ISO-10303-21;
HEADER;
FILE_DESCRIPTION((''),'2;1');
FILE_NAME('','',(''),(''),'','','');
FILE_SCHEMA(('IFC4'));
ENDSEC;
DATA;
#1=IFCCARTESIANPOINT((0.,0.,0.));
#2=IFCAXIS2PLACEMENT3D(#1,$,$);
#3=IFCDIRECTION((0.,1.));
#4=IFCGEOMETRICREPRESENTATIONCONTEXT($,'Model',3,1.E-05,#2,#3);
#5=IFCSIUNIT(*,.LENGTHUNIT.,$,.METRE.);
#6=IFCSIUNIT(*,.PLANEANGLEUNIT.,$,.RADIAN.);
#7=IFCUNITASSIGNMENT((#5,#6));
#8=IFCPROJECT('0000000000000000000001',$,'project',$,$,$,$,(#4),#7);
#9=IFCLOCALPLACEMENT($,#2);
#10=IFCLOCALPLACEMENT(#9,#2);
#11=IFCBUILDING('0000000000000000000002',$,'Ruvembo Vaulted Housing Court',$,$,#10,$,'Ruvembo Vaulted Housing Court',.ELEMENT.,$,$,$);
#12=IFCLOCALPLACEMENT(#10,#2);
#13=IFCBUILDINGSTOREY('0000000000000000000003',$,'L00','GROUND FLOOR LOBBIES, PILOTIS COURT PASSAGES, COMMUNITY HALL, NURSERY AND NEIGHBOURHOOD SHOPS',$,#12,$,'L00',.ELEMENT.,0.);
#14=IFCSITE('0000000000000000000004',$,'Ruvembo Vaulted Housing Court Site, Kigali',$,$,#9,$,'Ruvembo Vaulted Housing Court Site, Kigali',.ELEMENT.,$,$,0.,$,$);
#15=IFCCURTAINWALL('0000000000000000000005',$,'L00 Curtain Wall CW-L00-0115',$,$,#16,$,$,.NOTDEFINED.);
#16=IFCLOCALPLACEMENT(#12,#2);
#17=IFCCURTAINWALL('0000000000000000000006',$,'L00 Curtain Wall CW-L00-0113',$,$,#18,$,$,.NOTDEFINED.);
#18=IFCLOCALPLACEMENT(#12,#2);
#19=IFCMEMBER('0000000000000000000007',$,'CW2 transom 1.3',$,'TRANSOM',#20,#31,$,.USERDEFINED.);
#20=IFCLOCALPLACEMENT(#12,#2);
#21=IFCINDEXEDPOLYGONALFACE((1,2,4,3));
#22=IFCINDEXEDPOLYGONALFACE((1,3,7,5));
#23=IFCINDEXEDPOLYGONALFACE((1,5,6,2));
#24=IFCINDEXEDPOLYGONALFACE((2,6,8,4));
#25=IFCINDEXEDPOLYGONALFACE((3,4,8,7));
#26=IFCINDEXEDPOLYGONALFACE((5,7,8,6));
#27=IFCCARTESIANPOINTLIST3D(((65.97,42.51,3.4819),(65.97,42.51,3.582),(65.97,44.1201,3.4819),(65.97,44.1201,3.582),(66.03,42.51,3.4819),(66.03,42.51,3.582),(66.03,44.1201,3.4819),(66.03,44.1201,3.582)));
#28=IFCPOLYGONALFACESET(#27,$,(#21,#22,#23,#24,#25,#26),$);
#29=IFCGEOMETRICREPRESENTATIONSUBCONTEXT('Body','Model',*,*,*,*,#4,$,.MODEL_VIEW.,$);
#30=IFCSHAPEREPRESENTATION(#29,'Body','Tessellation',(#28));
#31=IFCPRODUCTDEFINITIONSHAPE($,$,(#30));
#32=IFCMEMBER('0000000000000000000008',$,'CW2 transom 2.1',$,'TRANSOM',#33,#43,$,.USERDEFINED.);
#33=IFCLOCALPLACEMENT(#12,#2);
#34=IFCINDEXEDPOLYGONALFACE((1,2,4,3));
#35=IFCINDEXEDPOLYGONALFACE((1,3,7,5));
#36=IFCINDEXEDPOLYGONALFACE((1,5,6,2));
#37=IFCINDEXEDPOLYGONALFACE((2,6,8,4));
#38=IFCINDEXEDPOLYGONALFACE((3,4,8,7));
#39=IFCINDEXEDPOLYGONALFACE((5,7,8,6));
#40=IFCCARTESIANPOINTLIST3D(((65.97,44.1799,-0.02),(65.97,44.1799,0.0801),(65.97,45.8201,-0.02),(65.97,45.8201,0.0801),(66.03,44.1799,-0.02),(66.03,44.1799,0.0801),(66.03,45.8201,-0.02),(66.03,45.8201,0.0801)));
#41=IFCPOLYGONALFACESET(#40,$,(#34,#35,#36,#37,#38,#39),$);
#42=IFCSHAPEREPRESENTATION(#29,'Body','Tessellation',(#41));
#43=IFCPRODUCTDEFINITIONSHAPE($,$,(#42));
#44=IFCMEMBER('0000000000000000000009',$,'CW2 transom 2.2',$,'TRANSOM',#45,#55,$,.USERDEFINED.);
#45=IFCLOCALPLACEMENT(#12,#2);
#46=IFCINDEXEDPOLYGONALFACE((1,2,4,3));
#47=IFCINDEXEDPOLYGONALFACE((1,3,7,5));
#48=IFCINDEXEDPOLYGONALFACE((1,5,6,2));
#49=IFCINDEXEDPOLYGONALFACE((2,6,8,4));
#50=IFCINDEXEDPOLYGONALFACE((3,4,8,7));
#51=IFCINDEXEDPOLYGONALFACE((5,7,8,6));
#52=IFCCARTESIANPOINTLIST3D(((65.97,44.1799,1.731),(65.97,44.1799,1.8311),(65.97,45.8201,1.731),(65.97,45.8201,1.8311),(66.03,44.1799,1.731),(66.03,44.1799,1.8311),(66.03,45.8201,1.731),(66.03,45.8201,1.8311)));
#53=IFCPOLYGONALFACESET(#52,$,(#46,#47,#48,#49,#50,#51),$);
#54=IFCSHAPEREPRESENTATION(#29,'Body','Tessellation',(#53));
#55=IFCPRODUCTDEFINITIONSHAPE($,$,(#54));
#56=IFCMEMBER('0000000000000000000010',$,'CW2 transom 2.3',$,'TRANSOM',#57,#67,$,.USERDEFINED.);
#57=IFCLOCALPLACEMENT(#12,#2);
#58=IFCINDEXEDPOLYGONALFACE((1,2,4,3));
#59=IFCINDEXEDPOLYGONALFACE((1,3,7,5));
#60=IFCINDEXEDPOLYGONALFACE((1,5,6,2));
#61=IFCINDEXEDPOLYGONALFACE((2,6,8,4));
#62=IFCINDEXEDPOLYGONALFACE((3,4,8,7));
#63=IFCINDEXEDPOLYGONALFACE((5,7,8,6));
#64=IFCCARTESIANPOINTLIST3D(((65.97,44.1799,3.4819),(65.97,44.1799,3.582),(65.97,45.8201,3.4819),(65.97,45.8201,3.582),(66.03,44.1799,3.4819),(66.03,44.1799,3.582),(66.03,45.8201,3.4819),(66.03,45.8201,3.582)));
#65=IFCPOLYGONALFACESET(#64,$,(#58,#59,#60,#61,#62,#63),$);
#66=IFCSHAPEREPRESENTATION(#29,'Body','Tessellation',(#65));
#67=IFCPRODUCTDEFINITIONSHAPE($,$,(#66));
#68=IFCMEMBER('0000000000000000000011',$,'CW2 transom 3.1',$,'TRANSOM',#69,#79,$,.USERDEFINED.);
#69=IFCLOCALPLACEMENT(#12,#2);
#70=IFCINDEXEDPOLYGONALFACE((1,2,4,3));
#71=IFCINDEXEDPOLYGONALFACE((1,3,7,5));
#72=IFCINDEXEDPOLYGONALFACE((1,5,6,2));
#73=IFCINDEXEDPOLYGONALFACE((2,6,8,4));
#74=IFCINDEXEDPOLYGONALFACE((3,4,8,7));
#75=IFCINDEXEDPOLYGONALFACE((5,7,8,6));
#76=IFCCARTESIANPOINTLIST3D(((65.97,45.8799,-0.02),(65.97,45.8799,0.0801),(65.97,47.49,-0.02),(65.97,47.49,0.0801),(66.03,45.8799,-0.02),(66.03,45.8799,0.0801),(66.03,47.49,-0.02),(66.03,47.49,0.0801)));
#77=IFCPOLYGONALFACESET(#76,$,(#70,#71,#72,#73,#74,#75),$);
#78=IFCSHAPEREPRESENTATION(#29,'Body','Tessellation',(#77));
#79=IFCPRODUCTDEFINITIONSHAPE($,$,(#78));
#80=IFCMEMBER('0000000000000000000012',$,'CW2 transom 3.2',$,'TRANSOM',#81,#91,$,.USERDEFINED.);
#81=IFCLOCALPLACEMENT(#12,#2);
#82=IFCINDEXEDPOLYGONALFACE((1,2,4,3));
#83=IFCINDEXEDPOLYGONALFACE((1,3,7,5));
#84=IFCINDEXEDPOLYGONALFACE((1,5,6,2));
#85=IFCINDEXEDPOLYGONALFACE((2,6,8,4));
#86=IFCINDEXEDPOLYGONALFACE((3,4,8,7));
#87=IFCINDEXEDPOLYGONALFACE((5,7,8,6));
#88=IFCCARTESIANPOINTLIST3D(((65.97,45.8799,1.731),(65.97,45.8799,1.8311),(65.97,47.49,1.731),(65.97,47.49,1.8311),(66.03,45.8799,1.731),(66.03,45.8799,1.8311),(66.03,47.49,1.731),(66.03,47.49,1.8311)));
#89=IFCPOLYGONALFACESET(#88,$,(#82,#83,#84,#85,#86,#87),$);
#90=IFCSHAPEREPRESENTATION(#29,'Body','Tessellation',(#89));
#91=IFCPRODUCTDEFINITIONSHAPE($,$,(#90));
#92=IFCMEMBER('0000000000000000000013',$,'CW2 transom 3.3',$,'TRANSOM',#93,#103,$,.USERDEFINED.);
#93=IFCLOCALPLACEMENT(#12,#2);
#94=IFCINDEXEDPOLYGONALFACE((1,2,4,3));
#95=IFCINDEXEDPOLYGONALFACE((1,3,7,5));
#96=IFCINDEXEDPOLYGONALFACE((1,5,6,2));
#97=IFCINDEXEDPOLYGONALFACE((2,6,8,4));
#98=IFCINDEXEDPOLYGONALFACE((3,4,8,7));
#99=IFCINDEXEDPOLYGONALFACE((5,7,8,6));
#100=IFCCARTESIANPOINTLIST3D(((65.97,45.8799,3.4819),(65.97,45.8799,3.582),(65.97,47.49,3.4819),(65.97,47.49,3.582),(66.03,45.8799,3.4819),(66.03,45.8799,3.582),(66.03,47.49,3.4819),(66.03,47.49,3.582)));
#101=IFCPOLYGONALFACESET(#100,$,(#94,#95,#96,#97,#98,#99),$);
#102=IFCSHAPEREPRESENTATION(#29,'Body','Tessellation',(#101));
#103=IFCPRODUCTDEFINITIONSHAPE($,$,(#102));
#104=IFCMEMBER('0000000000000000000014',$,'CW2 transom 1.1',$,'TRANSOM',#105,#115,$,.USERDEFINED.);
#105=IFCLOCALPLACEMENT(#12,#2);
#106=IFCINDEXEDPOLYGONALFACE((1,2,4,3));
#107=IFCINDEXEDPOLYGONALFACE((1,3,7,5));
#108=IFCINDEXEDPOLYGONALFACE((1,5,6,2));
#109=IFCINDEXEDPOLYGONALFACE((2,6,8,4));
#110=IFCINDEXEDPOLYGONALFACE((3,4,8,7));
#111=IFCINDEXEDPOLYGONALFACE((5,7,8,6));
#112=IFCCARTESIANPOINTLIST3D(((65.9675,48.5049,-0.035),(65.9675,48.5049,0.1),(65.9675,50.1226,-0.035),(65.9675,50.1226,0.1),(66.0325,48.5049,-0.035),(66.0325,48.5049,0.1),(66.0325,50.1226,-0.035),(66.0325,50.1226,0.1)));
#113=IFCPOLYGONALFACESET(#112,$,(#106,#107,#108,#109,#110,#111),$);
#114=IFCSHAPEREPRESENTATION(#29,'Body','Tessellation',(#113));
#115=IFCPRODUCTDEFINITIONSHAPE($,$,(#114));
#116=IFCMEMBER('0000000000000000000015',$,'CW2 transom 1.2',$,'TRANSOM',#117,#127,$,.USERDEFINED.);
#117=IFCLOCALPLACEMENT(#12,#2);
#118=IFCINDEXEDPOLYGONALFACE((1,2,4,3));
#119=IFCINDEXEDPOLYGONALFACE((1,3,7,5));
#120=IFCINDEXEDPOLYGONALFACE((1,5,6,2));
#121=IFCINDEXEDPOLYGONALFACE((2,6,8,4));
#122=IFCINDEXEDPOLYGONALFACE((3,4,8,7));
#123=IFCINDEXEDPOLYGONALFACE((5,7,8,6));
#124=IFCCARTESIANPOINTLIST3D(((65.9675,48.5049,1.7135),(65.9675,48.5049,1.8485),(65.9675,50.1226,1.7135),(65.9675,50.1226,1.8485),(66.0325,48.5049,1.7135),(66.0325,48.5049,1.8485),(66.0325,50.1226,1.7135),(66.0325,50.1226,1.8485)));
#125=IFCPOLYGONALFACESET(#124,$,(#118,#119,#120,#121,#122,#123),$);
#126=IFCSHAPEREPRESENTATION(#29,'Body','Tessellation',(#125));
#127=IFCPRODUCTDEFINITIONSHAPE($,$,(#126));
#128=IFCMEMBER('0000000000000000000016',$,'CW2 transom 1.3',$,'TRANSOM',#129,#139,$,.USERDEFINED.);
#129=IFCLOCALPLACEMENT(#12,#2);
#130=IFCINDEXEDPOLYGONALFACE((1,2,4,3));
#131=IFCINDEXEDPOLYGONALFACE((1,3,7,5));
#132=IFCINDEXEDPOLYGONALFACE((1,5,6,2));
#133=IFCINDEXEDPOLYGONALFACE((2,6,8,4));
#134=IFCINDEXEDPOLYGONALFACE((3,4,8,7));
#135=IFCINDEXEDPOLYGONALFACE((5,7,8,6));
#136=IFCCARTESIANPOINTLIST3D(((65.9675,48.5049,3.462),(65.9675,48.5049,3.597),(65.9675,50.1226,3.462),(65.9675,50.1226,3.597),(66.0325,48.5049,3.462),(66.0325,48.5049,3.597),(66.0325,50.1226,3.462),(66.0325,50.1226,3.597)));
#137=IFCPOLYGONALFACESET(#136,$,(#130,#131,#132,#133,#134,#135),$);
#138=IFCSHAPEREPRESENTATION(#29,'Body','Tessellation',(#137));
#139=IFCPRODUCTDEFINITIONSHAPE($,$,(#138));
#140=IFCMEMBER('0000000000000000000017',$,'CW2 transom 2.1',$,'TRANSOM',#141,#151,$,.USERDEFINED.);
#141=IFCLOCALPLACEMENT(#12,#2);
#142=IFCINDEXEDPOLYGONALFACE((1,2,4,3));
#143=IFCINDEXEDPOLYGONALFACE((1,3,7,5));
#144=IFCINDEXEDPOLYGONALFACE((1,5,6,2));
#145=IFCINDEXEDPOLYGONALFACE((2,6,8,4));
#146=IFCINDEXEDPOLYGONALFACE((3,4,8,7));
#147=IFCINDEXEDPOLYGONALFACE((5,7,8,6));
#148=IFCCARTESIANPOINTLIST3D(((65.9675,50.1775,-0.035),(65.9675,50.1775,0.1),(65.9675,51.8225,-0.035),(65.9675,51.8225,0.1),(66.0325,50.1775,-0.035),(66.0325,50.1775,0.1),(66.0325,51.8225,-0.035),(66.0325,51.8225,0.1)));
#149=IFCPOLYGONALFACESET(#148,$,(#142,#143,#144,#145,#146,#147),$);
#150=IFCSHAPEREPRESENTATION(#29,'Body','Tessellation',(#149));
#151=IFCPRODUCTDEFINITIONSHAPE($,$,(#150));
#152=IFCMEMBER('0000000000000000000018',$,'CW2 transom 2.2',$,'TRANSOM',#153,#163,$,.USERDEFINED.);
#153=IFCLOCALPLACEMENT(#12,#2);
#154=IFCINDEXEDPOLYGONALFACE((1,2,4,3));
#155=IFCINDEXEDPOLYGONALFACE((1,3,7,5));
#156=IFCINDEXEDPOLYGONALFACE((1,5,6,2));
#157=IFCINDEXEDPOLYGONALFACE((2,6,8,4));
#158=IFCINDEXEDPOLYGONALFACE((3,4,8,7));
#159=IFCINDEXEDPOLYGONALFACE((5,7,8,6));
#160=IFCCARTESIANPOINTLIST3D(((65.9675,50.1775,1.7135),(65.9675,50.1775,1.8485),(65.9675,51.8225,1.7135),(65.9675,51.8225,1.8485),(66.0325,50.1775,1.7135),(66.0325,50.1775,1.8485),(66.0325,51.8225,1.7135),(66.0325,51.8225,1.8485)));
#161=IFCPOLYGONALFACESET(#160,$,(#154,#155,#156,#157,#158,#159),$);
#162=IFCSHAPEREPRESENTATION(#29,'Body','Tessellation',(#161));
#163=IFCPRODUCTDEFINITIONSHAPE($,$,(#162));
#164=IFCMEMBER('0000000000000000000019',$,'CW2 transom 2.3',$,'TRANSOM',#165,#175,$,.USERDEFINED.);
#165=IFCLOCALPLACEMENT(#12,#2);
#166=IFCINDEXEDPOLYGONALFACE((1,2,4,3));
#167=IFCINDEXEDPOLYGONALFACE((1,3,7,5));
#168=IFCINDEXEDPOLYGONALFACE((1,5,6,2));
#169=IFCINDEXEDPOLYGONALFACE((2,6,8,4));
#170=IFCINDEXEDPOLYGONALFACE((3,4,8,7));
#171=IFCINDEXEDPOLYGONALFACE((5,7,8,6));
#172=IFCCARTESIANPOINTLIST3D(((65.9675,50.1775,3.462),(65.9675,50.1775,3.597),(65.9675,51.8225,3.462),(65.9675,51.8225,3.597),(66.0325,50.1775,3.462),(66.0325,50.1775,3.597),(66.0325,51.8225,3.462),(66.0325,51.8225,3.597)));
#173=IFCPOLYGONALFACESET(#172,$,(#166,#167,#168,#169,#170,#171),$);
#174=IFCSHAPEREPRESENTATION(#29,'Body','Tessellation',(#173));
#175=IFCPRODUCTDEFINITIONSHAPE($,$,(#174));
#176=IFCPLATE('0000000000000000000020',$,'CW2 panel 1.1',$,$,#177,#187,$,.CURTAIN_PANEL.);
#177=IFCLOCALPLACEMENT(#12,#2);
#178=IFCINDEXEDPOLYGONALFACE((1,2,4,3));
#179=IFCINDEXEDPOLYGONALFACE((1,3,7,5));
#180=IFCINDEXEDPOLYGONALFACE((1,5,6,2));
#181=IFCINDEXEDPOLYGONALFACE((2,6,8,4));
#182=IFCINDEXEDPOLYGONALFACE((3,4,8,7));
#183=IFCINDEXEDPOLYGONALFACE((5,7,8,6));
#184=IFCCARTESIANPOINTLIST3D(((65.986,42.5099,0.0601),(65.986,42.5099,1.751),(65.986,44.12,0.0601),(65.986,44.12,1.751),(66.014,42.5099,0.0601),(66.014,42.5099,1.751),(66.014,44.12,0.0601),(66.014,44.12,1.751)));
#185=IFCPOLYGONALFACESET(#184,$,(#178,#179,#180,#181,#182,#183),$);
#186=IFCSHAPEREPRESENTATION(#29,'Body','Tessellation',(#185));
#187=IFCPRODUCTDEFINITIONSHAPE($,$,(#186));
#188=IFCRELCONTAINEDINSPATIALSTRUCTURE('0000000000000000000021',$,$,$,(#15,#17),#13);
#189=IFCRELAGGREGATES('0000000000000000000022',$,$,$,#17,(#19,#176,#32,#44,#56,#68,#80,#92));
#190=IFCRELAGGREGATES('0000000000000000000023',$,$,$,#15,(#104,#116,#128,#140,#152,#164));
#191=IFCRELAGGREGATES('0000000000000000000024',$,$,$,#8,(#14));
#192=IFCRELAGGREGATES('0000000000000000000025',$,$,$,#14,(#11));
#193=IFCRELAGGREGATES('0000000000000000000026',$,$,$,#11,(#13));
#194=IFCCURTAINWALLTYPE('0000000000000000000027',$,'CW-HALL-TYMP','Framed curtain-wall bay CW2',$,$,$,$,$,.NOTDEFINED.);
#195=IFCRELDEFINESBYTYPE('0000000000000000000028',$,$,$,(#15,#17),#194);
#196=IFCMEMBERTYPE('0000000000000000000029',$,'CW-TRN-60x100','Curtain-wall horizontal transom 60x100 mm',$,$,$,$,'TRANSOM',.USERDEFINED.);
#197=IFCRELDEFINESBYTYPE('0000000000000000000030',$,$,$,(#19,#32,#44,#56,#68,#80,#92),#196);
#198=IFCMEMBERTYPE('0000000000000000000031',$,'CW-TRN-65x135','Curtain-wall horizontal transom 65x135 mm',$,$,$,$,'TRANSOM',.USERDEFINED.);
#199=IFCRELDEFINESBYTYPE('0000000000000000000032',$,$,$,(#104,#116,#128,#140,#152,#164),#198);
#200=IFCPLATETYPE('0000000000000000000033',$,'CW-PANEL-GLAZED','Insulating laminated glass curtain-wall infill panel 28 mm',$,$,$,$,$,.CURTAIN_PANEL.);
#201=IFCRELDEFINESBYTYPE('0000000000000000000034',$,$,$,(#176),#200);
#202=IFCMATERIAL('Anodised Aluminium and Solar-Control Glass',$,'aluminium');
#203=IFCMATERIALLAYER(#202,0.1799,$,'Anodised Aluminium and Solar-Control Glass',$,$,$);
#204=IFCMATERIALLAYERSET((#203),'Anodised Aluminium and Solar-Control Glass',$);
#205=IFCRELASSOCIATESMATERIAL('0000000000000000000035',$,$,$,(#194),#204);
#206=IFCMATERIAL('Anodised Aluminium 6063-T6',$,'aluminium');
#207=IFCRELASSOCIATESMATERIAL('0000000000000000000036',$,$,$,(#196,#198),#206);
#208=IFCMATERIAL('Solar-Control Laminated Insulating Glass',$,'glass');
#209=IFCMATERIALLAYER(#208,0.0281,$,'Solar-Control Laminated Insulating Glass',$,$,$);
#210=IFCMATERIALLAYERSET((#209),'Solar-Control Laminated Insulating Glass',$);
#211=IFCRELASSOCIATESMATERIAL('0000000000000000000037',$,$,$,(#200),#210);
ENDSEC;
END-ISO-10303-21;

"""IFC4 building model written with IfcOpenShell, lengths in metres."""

from ifc_helpers import new_model, si_unit, direction, frame, origin, origin_2d, place, context, subcontext, project, spatial, rectangle, extrude, material, layer, layer_set, material_profile, profile_set, type_object, element, aggregate, save


model = new_model("IFC4")

# Units and contexts
model_context = context("Model", 3, precision=1e-05, world=origin(), true_north=direction((0.0, 1.0)))
body_context = subcontext(model_context, "Body", "Model", "MODEL_VIEW")
ifc_project = project(units=[si_unit("LENGTHUNIT", "METRE"), si_unit("PLANEANGLEUNIT", "RADIAN")], contexts=[model_context])

# Site, building, storey
site_placement = place(None, origin())
site = spatial("IfcSite", under=ifc_project, at=site_placement, Name="Ruvembo Vaulted Housing Court Site, Kigali", LongName="Ruvembo Vaulted Housing Court Site, Kigali", CompositionType="ELEMENT", RefElevation=0.0)
building_placement = place(site_placement, origin())
building = spatial("IfcBuilding", under=site, at=building_placement, Name="Ruvembo Vaulted Housing Court", LongName="Ruvembo Vaulted Housing Court", CompositionType="ELEMENT")
storey_placement = place(building_placement, origin())
storey = spatial("IfcBuildingStorey", under=building, at=storey_placement, Name="L00", Description="GROUND FLOOR LOBBIES, PILOTIS COURT PASSAGES, COMMUNITY HALL, NURSERY AND NEIGHBOURHOOD SHOPS", LongName="L00", CompositionType="ELEMENT", Elevation=0.0)

# Curtain walls, members
ifc_material_1 = material(Name="Anodised Aluminium and Solar-Control Glass", Category="aluminium")
ifc_layer_1 = layer(ifc_material_1, 0.1799, Name="Anodised Aluminium and Solar-Control Glass")
ifc_layer_set_1 = layer_set([ifc_layer_1], Name="Anodised Aluminium and Solar-Control Glass")
curtain_wall_type = type_object("IfcCurtainWallType", Name="CW-HALL-TYMP", Description="Framed curtain-wall bay CW2", PredefinedType="NOTDEFINED", material=ifc_layer_set_1)
curtain_wall_1_placement = place(storey_placement, origin())
curtain_wall_1 = element("IfcCurtainWall", 1, at=curtain_wall_1_placement, inside=storey, type_object=curtain_wall_type, Name="L00 Curtain Wall CW-L00-0115", PredefinedType="NOTDEFINED")
ifc_material_2 = material(Name="Anodised Aluminium 6063-T6", Category="aluminium")
curtain_wall_2_placement = place(storey_placement, origin())
curtain_wall_2 = element("IfcCurtainWall", 2, at=curtain_wall_2_placement, inside=storey, type_object=curtain_wall_type, Name="L00 Curtain Wall CW-L00-0113", PredefinedType="NOTDEFINED")
ifc_material_profile_1 = material_profile(ifc_material_2, rectangle(XDim=0.0601, YDim=0.1001, at=origin_2d()), Name="ALU 60x100")
ifc_profile_set_1 = profile_set([ifc_material_profile_1], Name="Anodised Aluminium 6063-T6")
member_type_1 = type_object("IfcMemberType", Name="CW-TRN-60x100", Description="Curtain-wall horizontal transom 60x100 mm", ElementType="TRANSOM", PredefinedType="USERDEFINED", material=ifc_profile_set_1)
member_1_placement = place(storey_placement, frame((66.0, 42.51, 3.532), z_axis=(0.0, 1.0, 0.0), x_axis=(-1.0, 0.0, 0.0)))
member_1 = element("IfcMember", 3, at=member_1_placement, type_object=member_type_1, Name="CW2 transom 1.3", ObjectType="TRANSOM", PredefinedType="USERDEFINED", context=body_context, shape_type="SweptSolid", body=[
    extrude(rectangle(XDim=0.0601, YDim=0.1001, at=origin_2d()), origin(), (0.0, 0.0, 1.0), 1.6101),
])
member_2_placement = place(storey_placement, frame((66.0, 44.1799, 0.03), z_axis=(0.0, 1.0, 0.0), x_axis=(-1.0, 0.0, 0.0)))
member_2 = element("IfcMember", 4, at=member_2_placement, type_object=member_type_1, Name="CW2 transom 2.1", ObjectType="TRANSOM", PredefinedType="USERDEFINED", context=body_context, shape_type="SweptSolid", body=[
    extrude(rectangle(XDim=0.0601, YDim=0.1001, at=origin_2d()), origin(), (0.0, 0.0, 1.0), 1.6401),
])
member_3_placement = place(storey_placement, frame((66.0, 44.1799, 1.781), z_axis=(0.0, 1.0, 0.0), x_axis=(-1.0, 0.0, 0.0)))
member_3 = element("IfcMember", 5, at=member_3_placement, type_object=member_type_1, Name="CW2 transom 2.2", ObjectType="TRANSOM", PredefinedType="USERDEFINED", context=body_context, shape_type="SweptSolid", body=[
    extrude(rectangle(XDim=0.0601, YDim=0.1001, at=origin_2d()), origin(), (0.0, 0.0, 1.0), 1.6401),
])
member_4_placement = place(storey_placement, frame((66.0, 44.1799, 3.532), z_axis=(0.0, 1.0, 0.0), x_axis=(-1.0, 0.0, 0.0)))
member_4 = element("IfcMember", 6, at=member_4_placement, type_object=member_type_1, Name="CW2 transom 2.3", ObjectType="TRANSOM", PredefinedType="USERDEFINED", context=body_context, shape_type="SweptSolid", body=[
    extrude(rectangle(XDim=0.0601, YDim=0.1001, at=origin_2d()), origin(), (0.0, 0.0, 1.0), 1.6401),
])
member_5_placement = place(storey_placement, frame((66.0, 45.8799, 0.03), z_axis=(0.0, 1.0, 0.0), x_axis=(-1.0, 0.0, 0.0)))
member_5 = element("IfcMember", 7, at=member_5_placement, type_object=member_type_1, Name="CW2 transom 3.1", ObjectType="TRANSOM", PredefinedType="USERDEFINED", context=body_context, shape_type="SweptSolid", body=[
    extrude(rectangle(XDim=0.0601, YDim=0.1001, at=origin_2d()), origin(), (0.0, 0.0, 1.0), 1.6101),
])
member_6_placement = place(storey_placement, frame((66.0, 45.8799, 1.781), z_axis=(0.0, 1.0, 0.0), x_axis=(-1.0, 0.0, 0.0)))
member_6 = element("IfcMember", 8, at=member_6_placement, type_object=member_type_1, Name="CW2 transom 3.2", ObjectType="TRANSOM", PredefinedType="USERDEFINED", context=body_context, shape_type="SweptSolid", body=[
    extrude(rectangle(XDim=0.0601, YDim=0.1001, at=origin_2d()), origin(), (0.0, 0.0, 1.0), 1.6101),
])
member_7_placement = place(storey_placement, frame((66.0, 45.8799, 3.532), z_axis=(0.0, 1.0, 0.0), x_axis=(-1.0, 0.0, 0.0)))
member_7 = element("IfcMember", 9, at=member_7_placement, type_object=member_type_1, Name="CW2 transom 3.3", ObjectType="TRANSOM", PredefinedType="USERDEFINED", context=body_context, shape_type="SweptSolid", body=[
    extrude(rectangle(XDim=0.0601, YDim=0.1001, at=origin_2d()), origin(), (0.0, 0.0, 1.0), 1.6101),
])

# Members
ifc_material_profile_2 = material_profile(ifc_material_2, rectangle(XDim=0.0649, YDim=0.135, at=origin_2d()), Name="ALU 65x135")
ifc_profile_set_2 = profile_set([ifc_material_profile_2], Name="Anodised Aluminium 6063-T6")
member_type_2 = type_object("IfcMemberType", Name="CW-TRN-65x135", Description="Curtain-wall horizontal transom 65x135 mm", ElementType="TRANSOM", PredefinedType="USERDEFINED", material=ifc_profile_set_2)
member_8_placement = place(storey_placement, frame((66.0, 48.5049, 0.0325), z_axis=(0.0, 1.0, 0.0), x_axis=(-1.0, 0.0, 0.0)))
member_8 = element("IfcMember", 10, at=member_8_placement, type_object=member_type_2, Name="CW2 transom 1.1", ObjectType="TRANSOM", PredefinedType="USERDEFINED", context=body_context, shape_type="SweptSolid", body=[
    extrude(rectangle(XDim=0.0649, YDim=0.135, at=origin_2d()), origin(), (0.0, 0.0, 1.0), 1.6177),
])
member_9_placement = place(storey_placement, frame((66.0, 48.5049, 1.781), z_axis=(0.0, 1.0, 0.0), x_axis=(-1.0, 0.0, 0.0)))
member_9 = element("IfcMember", 11, at=member_9_placement, type_object=member_type_2, Name="CW2 transom 1.2", ObjectType="TRANSOM", PredefinedType="USERDEFINED", context=body_context, shape_type="SweptSolid", body=[
    extrude(rectangle(XDim=0.0649, YDim=0.135, at=origin_2d()), origin(), (0.0, 0.0, 1.0), 1.6177),
])
member_10_placement = place(storey_placement, frame((66.0, 48.5049, 3.5295), z_axis=(0.0, 1.0, 0.0), x_axis=(-1.0, 0.0, 0.0)))
member_10 = element("IfcMember", 12, at=member_10_placement, type_object=member_type_2, Name="CW2 transom 1.3", ObjectType="TRANSOM", PredefinedType="USERDEFINED", context=body_context, shape_type="SweptSolid", body=[
    extrude(rectangle(XDim=0.0649, YDim=0.135, at=origin_2d()), origin(), (0.0, 0.0, 1.0), 1.6177),
])
member_11_placement = place(storey_placement, frame((66.0, 50.1775, 0.0325), z_axis=(0.0, 1.0, 0.0), x_axis=(-1.0, 0.0, 0.0)))
member_11 = element("IfcMember", 13, at=member_11_placement, type_object=member_type_2, Name="CW2 transom 2.1", ObjectType="TRANSOM", PredefinedType="USERDEFINED", context=body_context, shape_type="SweptSolid", body=[
    extrude(rectangle(XDim=0.0649, YDim=0.135, at=origin_2d()), origin(), (0.0, 0.0, 1.0), 1.645),
])
member_12_placement = place(storey_placement, frame((66.0, 50.1775, 1.781), z_axis=(0.0, 1.0, 0.0), x_axis=(-1.0, 0.0, 0.0)))
member_12 = element("IfcMember", 14, at=member_12_placement, type_object=member_type_2, Name="CW2 transom 2.2", ObjectType="TRANSOM", PredefinedType="USERDEFINED", context=body_context, shape_type="SweptSolid", body=[
    extrude(rectangle(XDim=0.0649, YDim=0.135, at=origin_2d()), origin(), (0.0, 0.0, 1.0), 1.645),
])
member_13_placement = place(storey_placement, frame((66.0, 50.1775, 3.5295), z_axis=(0.0, 1.0, 0.0), x_axis=(-1.0, 0.0, 0.0)))
member_13 = element("IfcMember", 15, at=member_13_placement, type_object=member_type_2, Name="CW2 transom 2.3", ObjectType="TRANSOM", PredefinedType="USERDEFINED", context=body_context, shape_type="SweptSolid", body=[
    extrude(rectangle(XDim=0.0649, YDim=0.135, at=origin_2d()), origin(), (0.0, 0.0, 1.0), 1.645),
])

# Plate
ifc_material_3 = material(Name="Solar-Control Laminated Insulating Glass", Category="glass")
ifc_layer_2 = layer(ifc_material_3, 0.0281, Name="Solar-Control Laminated Insulating Glass")
ifc_layer_set_2 = layer_set([ifc_layer_2], Name="Solar-Control Laminated Insulating Glass")
plate_type_1 = type_object("IfcPlateType", Name="CW-PANEL-GLAZED", Description="Insulating laminated glass curtain-wall infill panel 28 mm", PredefinedType="CURTAIN_PANEL", material=ifc_layer_set_2)
plate_1_placement = place(storey_placement, frame((66.0, 43.3149, 0.0601), z_axis=(0.0, 0.0, 1.0), x_axis=(0.0, 1.0, 0.0)))
plate_1 = element("IfcPlate", 16, at=plate_1_placement, type_object=plate_type_1, Name="CW2 panel 1.1", PredefinedType="CURTAIN_PANEL", context=body_context, shape_type="SweptSolid", body=[
    extrude(rectangle(XDim=1.6101, YDim=0.0281, at=origin_2d()), origin(), (0.0, 0.0, 1.0), 1.6909),
])
aggregate(curtain_wall_2, [member_1, plate_1, member_2, member_3, member_4, member_5, member_6, member_7])
aggregate(curtain_wall_1, [member_8, member_9, member_10, member_11, member_12, member_13])

save(model, "model.ifc")
